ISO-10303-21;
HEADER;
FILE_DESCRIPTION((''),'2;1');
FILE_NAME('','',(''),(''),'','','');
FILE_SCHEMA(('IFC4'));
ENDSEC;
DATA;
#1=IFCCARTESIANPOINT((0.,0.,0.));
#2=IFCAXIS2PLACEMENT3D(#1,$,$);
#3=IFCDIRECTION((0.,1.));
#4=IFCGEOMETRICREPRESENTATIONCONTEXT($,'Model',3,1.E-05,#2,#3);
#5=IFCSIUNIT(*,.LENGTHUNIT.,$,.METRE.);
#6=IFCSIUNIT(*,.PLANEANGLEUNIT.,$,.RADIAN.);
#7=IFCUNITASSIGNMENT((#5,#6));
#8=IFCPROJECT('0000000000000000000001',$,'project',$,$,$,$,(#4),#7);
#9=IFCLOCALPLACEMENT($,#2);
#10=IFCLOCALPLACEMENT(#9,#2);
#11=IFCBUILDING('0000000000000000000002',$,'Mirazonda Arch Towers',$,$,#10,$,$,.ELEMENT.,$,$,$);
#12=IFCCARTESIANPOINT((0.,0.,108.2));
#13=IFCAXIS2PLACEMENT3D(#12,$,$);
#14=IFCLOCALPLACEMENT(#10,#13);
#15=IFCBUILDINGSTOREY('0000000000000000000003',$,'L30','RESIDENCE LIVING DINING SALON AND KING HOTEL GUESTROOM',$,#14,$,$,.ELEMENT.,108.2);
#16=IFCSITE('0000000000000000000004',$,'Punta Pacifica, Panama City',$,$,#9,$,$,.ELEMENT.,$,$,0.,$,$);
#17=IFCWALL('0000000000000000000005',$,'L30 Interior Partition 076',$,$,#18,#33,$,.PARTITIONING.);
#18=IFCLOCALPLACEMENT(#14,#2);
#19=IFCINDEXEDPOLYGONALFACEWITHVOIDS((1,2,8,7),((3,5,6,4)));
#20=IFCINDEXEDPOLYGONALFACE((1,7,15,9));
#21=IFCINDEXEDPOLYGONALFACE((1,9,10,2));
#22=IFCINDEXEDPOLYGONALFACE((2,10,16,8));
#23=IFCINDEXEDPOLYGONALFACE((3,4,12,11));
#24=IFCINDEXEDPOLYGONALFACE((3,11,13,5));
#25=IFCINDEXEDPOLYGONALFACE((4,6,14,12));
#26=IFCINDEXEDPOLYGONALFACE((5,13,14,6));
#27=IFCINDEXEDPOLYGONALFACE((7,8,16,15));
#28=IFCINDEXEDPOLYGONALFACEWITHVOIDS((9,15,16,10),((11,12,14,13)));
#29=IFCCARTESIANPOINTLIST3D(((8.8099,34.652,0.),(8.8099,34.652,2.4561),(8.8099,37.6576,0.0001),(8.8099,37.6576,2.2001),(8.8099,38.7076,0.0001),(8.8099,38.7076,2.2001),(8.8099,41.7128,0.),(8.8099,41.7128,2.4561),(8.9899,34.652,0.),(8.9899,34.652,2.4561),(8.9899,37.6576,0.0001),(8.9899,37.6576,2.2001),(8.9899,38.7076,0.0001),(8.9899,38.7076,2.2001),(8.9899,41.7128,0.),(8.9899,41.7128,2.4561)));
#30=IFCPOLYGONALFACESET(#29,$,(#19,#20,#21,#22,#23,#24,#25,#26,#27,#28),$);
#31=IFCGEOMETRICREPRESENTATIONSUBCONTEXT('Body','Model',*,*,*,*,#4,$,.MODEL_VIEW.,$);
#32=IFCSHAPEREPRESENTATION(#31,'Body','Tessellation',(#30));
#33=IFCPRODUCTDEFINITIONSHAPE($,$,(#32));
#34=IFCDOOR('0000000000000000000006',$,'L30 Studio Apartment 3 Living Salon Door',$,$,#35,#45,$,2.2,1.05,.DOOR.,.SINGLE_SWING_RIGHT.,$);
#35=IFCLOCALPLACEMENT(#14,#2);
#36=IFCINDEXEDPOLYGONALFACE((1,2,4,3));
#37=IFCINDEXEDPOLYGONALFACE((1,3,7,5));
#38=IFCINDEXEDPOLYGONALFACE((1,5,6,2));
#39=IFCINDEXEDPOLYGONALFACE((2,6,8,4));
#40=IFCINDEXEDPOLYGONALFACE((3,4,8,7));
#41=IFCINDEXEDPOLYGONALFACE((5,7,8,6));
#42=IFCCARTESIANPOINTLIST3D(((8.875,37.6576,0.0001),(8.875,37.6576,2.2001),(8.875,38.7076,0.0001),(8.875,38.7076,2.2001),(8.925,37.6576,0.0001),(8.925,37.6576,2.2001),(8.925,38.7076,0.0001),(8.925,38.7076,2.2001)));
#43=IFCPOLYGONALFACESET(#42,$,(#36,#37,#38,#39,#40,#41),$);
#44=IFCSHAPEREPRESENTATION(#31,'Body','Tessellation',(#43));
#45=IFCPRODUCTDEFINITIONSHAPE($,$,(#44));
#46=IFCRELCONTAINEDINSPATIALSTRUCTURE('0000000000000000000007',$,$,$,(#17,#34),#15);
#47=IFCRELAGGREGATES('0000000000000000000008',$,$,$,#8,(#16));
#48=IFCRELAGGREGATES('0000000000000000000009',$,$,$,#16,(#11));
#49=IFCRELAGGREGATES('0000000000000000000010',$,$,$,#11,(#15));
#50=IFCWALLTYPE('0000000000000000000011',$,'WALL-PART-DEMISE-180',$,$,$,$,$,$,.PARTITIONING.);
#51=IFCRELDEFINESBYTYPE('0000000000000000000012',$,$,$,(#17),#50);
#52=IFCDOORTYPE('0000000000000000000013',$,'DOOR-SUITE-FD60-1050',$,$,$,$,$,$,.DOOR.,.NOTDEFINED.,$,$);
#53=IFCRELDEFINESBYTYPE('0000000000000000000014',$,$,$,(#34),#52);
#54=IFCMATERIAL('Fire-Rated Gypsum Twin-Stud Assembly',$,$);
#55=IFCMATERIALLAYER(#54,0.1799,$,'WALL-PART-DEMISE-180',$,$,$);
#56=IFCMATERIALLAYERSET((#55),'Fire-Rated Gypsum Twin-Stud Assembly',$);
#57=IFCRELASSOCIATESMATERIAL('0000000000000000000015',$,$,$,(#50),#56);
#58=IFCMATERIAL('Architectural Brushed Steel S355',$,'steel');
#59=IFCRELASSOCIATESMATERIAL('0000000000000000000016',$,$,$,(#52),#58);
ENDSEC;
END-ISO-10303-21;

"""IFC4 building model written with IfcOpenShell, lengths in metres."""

from ifc_helpers import new_model, si_unit, direction, frame, frame_2d, origin, place, context, subcontext, project, spatial, rectangle, extrude, material, layer, layer_set, type_object, element, fill, save


model = new_model("IFC4")

# Units and contexts
model_context = context("Model", 3, precision=1e-05, world=origin(), true_north=direction((0.0, 1.0)))
body_context = subcontext(model_context, "Body", "Model", "MODEL_VIEW")
ifc_project = project(units=[si_unit("LENGTHUNIT", "METRE"), si_unit("PLANEANGLEUNIT", "RADIAN")], contexts=[model_context])

# Site, building, storey
site_placement = place(None, origin())
site = spatial("IfcSite", under=ifc_project, at=site_placement, Name="Punta Pacifica, Panama City", CompositionType="ELEMENT", RefElevation=0.0)
building_placement = place(site_placement, origin())
building = spatial("IfcBuilding", under=site, at=building_placement, Name="Mirazonda Arch Towers", CompositionType="ELEMENT")
storey_placement = place(building_placement, frame((0.0, 0.0, 108.2)))
storey = spatial("IfcBuildingStorey", under=building, at=storey_placement, Name="L30", Description="RESIDENCE LIVING DINING SALON AND KING HOTEL GUESTROOM", CompositionType="ELEMENT", Elevation=108.2)

# Shared definitions
ifc_material_1 = material(Name="Architectural Brushed Steel S355", Category="steel")

# Shared definitions
ifc_material_2 = material(Name="Fire-Rated Gypsum Twin-Stud Assembly")
ifc_layer_1 = layer(ifc_material_2, 0.1799, Name="WALL-PART-DEMISE-180")
ifc_layer_set_1 = layer_set([ifc_layer_1], Name="Fire-Rated Gypsum Twin-Stud Assembly")
wall_type_1 = type_object("IfcWallType", Name="WALL-PART-DEMISE-180", PredefinedType="PARTITIONING", material=ifc_layer_set_1)

# Wall, opening, door
wall_1_placement = place(storey_placement, frame((8.8999, 34.6521, 0.0), z_axis=(0.0, 0.0, 1.0), x_axis=(0.0, 1.0, 0.0)))
wall_1 = element("IfcWall", 1, at=wall_1_placement, inside=storey, type_object=wall_type_1, Name="L30 Interior Partition 076", PredefinedType="PARTITIONING", context=body_context, shape_type="SweptSolid", body=[
    extrude(rectangle(XDim=7.0608, YDim=0.1799, at=frame_2d((3.5303, 0.0))), origin(), (0.0, 0.0, 1.0), 2.4561),
])
opening_1_placement = place(wall_1_placement, frame((3.0056, 0.0, 0.0)))
opening_1 = element("IfcOpeningElement", 2, at=opening_1_placement, cuts=wall_1, PredefinedType="OPENING", context=body_context, shape_type="SweptSolid", body=[
    extrude(rectangle(XDim=1.05, YDim=2.2, at=frame_2d((0.5249, 1.1001))), frame((0.0, 0.0999, 0.0), z_axis=(0.0, -1.0, 0.0), x_axis=(1.0, 0.0, 0.0)), (0.0, 0.0, 1.0), 0.2),
])
door_type_1 = type_object("IfcDoorType", Name="DOOR-SUITE-FD60-1050", OperationType="NOTDEFINED", PredefinedType="DOOR", material=ifc_material_1)
door_1_placement = place(opening_1_placement, origin())
door_1 = element("IfcDoor", 3, at=door_1_placement, inside=storey, type_object=door_type_1, Name="L30 Studio Apartment 3 Living Salon Door", OperationType="SINGLE_SWING_RIGHT", OverallHeight=2.2, OverallWidth=1.05, PredefinedType="DOOR", context=body_context, shape_type="SweptSolid", body=[
    extrude(rectangle(XDim=1.05, YDim=2.2, at=frame_2d((0.5249, 1.1001))), frame((0.0, 0.0249, 0.0), z_axis=(0.0, -1.0, 0.0), x_axis=(1.0, 0.0, 0.0)), (0.0, 0.0, 1.0), 0.05),
])
fill(opening_1, door_1)

save(model, "model.ifc")
